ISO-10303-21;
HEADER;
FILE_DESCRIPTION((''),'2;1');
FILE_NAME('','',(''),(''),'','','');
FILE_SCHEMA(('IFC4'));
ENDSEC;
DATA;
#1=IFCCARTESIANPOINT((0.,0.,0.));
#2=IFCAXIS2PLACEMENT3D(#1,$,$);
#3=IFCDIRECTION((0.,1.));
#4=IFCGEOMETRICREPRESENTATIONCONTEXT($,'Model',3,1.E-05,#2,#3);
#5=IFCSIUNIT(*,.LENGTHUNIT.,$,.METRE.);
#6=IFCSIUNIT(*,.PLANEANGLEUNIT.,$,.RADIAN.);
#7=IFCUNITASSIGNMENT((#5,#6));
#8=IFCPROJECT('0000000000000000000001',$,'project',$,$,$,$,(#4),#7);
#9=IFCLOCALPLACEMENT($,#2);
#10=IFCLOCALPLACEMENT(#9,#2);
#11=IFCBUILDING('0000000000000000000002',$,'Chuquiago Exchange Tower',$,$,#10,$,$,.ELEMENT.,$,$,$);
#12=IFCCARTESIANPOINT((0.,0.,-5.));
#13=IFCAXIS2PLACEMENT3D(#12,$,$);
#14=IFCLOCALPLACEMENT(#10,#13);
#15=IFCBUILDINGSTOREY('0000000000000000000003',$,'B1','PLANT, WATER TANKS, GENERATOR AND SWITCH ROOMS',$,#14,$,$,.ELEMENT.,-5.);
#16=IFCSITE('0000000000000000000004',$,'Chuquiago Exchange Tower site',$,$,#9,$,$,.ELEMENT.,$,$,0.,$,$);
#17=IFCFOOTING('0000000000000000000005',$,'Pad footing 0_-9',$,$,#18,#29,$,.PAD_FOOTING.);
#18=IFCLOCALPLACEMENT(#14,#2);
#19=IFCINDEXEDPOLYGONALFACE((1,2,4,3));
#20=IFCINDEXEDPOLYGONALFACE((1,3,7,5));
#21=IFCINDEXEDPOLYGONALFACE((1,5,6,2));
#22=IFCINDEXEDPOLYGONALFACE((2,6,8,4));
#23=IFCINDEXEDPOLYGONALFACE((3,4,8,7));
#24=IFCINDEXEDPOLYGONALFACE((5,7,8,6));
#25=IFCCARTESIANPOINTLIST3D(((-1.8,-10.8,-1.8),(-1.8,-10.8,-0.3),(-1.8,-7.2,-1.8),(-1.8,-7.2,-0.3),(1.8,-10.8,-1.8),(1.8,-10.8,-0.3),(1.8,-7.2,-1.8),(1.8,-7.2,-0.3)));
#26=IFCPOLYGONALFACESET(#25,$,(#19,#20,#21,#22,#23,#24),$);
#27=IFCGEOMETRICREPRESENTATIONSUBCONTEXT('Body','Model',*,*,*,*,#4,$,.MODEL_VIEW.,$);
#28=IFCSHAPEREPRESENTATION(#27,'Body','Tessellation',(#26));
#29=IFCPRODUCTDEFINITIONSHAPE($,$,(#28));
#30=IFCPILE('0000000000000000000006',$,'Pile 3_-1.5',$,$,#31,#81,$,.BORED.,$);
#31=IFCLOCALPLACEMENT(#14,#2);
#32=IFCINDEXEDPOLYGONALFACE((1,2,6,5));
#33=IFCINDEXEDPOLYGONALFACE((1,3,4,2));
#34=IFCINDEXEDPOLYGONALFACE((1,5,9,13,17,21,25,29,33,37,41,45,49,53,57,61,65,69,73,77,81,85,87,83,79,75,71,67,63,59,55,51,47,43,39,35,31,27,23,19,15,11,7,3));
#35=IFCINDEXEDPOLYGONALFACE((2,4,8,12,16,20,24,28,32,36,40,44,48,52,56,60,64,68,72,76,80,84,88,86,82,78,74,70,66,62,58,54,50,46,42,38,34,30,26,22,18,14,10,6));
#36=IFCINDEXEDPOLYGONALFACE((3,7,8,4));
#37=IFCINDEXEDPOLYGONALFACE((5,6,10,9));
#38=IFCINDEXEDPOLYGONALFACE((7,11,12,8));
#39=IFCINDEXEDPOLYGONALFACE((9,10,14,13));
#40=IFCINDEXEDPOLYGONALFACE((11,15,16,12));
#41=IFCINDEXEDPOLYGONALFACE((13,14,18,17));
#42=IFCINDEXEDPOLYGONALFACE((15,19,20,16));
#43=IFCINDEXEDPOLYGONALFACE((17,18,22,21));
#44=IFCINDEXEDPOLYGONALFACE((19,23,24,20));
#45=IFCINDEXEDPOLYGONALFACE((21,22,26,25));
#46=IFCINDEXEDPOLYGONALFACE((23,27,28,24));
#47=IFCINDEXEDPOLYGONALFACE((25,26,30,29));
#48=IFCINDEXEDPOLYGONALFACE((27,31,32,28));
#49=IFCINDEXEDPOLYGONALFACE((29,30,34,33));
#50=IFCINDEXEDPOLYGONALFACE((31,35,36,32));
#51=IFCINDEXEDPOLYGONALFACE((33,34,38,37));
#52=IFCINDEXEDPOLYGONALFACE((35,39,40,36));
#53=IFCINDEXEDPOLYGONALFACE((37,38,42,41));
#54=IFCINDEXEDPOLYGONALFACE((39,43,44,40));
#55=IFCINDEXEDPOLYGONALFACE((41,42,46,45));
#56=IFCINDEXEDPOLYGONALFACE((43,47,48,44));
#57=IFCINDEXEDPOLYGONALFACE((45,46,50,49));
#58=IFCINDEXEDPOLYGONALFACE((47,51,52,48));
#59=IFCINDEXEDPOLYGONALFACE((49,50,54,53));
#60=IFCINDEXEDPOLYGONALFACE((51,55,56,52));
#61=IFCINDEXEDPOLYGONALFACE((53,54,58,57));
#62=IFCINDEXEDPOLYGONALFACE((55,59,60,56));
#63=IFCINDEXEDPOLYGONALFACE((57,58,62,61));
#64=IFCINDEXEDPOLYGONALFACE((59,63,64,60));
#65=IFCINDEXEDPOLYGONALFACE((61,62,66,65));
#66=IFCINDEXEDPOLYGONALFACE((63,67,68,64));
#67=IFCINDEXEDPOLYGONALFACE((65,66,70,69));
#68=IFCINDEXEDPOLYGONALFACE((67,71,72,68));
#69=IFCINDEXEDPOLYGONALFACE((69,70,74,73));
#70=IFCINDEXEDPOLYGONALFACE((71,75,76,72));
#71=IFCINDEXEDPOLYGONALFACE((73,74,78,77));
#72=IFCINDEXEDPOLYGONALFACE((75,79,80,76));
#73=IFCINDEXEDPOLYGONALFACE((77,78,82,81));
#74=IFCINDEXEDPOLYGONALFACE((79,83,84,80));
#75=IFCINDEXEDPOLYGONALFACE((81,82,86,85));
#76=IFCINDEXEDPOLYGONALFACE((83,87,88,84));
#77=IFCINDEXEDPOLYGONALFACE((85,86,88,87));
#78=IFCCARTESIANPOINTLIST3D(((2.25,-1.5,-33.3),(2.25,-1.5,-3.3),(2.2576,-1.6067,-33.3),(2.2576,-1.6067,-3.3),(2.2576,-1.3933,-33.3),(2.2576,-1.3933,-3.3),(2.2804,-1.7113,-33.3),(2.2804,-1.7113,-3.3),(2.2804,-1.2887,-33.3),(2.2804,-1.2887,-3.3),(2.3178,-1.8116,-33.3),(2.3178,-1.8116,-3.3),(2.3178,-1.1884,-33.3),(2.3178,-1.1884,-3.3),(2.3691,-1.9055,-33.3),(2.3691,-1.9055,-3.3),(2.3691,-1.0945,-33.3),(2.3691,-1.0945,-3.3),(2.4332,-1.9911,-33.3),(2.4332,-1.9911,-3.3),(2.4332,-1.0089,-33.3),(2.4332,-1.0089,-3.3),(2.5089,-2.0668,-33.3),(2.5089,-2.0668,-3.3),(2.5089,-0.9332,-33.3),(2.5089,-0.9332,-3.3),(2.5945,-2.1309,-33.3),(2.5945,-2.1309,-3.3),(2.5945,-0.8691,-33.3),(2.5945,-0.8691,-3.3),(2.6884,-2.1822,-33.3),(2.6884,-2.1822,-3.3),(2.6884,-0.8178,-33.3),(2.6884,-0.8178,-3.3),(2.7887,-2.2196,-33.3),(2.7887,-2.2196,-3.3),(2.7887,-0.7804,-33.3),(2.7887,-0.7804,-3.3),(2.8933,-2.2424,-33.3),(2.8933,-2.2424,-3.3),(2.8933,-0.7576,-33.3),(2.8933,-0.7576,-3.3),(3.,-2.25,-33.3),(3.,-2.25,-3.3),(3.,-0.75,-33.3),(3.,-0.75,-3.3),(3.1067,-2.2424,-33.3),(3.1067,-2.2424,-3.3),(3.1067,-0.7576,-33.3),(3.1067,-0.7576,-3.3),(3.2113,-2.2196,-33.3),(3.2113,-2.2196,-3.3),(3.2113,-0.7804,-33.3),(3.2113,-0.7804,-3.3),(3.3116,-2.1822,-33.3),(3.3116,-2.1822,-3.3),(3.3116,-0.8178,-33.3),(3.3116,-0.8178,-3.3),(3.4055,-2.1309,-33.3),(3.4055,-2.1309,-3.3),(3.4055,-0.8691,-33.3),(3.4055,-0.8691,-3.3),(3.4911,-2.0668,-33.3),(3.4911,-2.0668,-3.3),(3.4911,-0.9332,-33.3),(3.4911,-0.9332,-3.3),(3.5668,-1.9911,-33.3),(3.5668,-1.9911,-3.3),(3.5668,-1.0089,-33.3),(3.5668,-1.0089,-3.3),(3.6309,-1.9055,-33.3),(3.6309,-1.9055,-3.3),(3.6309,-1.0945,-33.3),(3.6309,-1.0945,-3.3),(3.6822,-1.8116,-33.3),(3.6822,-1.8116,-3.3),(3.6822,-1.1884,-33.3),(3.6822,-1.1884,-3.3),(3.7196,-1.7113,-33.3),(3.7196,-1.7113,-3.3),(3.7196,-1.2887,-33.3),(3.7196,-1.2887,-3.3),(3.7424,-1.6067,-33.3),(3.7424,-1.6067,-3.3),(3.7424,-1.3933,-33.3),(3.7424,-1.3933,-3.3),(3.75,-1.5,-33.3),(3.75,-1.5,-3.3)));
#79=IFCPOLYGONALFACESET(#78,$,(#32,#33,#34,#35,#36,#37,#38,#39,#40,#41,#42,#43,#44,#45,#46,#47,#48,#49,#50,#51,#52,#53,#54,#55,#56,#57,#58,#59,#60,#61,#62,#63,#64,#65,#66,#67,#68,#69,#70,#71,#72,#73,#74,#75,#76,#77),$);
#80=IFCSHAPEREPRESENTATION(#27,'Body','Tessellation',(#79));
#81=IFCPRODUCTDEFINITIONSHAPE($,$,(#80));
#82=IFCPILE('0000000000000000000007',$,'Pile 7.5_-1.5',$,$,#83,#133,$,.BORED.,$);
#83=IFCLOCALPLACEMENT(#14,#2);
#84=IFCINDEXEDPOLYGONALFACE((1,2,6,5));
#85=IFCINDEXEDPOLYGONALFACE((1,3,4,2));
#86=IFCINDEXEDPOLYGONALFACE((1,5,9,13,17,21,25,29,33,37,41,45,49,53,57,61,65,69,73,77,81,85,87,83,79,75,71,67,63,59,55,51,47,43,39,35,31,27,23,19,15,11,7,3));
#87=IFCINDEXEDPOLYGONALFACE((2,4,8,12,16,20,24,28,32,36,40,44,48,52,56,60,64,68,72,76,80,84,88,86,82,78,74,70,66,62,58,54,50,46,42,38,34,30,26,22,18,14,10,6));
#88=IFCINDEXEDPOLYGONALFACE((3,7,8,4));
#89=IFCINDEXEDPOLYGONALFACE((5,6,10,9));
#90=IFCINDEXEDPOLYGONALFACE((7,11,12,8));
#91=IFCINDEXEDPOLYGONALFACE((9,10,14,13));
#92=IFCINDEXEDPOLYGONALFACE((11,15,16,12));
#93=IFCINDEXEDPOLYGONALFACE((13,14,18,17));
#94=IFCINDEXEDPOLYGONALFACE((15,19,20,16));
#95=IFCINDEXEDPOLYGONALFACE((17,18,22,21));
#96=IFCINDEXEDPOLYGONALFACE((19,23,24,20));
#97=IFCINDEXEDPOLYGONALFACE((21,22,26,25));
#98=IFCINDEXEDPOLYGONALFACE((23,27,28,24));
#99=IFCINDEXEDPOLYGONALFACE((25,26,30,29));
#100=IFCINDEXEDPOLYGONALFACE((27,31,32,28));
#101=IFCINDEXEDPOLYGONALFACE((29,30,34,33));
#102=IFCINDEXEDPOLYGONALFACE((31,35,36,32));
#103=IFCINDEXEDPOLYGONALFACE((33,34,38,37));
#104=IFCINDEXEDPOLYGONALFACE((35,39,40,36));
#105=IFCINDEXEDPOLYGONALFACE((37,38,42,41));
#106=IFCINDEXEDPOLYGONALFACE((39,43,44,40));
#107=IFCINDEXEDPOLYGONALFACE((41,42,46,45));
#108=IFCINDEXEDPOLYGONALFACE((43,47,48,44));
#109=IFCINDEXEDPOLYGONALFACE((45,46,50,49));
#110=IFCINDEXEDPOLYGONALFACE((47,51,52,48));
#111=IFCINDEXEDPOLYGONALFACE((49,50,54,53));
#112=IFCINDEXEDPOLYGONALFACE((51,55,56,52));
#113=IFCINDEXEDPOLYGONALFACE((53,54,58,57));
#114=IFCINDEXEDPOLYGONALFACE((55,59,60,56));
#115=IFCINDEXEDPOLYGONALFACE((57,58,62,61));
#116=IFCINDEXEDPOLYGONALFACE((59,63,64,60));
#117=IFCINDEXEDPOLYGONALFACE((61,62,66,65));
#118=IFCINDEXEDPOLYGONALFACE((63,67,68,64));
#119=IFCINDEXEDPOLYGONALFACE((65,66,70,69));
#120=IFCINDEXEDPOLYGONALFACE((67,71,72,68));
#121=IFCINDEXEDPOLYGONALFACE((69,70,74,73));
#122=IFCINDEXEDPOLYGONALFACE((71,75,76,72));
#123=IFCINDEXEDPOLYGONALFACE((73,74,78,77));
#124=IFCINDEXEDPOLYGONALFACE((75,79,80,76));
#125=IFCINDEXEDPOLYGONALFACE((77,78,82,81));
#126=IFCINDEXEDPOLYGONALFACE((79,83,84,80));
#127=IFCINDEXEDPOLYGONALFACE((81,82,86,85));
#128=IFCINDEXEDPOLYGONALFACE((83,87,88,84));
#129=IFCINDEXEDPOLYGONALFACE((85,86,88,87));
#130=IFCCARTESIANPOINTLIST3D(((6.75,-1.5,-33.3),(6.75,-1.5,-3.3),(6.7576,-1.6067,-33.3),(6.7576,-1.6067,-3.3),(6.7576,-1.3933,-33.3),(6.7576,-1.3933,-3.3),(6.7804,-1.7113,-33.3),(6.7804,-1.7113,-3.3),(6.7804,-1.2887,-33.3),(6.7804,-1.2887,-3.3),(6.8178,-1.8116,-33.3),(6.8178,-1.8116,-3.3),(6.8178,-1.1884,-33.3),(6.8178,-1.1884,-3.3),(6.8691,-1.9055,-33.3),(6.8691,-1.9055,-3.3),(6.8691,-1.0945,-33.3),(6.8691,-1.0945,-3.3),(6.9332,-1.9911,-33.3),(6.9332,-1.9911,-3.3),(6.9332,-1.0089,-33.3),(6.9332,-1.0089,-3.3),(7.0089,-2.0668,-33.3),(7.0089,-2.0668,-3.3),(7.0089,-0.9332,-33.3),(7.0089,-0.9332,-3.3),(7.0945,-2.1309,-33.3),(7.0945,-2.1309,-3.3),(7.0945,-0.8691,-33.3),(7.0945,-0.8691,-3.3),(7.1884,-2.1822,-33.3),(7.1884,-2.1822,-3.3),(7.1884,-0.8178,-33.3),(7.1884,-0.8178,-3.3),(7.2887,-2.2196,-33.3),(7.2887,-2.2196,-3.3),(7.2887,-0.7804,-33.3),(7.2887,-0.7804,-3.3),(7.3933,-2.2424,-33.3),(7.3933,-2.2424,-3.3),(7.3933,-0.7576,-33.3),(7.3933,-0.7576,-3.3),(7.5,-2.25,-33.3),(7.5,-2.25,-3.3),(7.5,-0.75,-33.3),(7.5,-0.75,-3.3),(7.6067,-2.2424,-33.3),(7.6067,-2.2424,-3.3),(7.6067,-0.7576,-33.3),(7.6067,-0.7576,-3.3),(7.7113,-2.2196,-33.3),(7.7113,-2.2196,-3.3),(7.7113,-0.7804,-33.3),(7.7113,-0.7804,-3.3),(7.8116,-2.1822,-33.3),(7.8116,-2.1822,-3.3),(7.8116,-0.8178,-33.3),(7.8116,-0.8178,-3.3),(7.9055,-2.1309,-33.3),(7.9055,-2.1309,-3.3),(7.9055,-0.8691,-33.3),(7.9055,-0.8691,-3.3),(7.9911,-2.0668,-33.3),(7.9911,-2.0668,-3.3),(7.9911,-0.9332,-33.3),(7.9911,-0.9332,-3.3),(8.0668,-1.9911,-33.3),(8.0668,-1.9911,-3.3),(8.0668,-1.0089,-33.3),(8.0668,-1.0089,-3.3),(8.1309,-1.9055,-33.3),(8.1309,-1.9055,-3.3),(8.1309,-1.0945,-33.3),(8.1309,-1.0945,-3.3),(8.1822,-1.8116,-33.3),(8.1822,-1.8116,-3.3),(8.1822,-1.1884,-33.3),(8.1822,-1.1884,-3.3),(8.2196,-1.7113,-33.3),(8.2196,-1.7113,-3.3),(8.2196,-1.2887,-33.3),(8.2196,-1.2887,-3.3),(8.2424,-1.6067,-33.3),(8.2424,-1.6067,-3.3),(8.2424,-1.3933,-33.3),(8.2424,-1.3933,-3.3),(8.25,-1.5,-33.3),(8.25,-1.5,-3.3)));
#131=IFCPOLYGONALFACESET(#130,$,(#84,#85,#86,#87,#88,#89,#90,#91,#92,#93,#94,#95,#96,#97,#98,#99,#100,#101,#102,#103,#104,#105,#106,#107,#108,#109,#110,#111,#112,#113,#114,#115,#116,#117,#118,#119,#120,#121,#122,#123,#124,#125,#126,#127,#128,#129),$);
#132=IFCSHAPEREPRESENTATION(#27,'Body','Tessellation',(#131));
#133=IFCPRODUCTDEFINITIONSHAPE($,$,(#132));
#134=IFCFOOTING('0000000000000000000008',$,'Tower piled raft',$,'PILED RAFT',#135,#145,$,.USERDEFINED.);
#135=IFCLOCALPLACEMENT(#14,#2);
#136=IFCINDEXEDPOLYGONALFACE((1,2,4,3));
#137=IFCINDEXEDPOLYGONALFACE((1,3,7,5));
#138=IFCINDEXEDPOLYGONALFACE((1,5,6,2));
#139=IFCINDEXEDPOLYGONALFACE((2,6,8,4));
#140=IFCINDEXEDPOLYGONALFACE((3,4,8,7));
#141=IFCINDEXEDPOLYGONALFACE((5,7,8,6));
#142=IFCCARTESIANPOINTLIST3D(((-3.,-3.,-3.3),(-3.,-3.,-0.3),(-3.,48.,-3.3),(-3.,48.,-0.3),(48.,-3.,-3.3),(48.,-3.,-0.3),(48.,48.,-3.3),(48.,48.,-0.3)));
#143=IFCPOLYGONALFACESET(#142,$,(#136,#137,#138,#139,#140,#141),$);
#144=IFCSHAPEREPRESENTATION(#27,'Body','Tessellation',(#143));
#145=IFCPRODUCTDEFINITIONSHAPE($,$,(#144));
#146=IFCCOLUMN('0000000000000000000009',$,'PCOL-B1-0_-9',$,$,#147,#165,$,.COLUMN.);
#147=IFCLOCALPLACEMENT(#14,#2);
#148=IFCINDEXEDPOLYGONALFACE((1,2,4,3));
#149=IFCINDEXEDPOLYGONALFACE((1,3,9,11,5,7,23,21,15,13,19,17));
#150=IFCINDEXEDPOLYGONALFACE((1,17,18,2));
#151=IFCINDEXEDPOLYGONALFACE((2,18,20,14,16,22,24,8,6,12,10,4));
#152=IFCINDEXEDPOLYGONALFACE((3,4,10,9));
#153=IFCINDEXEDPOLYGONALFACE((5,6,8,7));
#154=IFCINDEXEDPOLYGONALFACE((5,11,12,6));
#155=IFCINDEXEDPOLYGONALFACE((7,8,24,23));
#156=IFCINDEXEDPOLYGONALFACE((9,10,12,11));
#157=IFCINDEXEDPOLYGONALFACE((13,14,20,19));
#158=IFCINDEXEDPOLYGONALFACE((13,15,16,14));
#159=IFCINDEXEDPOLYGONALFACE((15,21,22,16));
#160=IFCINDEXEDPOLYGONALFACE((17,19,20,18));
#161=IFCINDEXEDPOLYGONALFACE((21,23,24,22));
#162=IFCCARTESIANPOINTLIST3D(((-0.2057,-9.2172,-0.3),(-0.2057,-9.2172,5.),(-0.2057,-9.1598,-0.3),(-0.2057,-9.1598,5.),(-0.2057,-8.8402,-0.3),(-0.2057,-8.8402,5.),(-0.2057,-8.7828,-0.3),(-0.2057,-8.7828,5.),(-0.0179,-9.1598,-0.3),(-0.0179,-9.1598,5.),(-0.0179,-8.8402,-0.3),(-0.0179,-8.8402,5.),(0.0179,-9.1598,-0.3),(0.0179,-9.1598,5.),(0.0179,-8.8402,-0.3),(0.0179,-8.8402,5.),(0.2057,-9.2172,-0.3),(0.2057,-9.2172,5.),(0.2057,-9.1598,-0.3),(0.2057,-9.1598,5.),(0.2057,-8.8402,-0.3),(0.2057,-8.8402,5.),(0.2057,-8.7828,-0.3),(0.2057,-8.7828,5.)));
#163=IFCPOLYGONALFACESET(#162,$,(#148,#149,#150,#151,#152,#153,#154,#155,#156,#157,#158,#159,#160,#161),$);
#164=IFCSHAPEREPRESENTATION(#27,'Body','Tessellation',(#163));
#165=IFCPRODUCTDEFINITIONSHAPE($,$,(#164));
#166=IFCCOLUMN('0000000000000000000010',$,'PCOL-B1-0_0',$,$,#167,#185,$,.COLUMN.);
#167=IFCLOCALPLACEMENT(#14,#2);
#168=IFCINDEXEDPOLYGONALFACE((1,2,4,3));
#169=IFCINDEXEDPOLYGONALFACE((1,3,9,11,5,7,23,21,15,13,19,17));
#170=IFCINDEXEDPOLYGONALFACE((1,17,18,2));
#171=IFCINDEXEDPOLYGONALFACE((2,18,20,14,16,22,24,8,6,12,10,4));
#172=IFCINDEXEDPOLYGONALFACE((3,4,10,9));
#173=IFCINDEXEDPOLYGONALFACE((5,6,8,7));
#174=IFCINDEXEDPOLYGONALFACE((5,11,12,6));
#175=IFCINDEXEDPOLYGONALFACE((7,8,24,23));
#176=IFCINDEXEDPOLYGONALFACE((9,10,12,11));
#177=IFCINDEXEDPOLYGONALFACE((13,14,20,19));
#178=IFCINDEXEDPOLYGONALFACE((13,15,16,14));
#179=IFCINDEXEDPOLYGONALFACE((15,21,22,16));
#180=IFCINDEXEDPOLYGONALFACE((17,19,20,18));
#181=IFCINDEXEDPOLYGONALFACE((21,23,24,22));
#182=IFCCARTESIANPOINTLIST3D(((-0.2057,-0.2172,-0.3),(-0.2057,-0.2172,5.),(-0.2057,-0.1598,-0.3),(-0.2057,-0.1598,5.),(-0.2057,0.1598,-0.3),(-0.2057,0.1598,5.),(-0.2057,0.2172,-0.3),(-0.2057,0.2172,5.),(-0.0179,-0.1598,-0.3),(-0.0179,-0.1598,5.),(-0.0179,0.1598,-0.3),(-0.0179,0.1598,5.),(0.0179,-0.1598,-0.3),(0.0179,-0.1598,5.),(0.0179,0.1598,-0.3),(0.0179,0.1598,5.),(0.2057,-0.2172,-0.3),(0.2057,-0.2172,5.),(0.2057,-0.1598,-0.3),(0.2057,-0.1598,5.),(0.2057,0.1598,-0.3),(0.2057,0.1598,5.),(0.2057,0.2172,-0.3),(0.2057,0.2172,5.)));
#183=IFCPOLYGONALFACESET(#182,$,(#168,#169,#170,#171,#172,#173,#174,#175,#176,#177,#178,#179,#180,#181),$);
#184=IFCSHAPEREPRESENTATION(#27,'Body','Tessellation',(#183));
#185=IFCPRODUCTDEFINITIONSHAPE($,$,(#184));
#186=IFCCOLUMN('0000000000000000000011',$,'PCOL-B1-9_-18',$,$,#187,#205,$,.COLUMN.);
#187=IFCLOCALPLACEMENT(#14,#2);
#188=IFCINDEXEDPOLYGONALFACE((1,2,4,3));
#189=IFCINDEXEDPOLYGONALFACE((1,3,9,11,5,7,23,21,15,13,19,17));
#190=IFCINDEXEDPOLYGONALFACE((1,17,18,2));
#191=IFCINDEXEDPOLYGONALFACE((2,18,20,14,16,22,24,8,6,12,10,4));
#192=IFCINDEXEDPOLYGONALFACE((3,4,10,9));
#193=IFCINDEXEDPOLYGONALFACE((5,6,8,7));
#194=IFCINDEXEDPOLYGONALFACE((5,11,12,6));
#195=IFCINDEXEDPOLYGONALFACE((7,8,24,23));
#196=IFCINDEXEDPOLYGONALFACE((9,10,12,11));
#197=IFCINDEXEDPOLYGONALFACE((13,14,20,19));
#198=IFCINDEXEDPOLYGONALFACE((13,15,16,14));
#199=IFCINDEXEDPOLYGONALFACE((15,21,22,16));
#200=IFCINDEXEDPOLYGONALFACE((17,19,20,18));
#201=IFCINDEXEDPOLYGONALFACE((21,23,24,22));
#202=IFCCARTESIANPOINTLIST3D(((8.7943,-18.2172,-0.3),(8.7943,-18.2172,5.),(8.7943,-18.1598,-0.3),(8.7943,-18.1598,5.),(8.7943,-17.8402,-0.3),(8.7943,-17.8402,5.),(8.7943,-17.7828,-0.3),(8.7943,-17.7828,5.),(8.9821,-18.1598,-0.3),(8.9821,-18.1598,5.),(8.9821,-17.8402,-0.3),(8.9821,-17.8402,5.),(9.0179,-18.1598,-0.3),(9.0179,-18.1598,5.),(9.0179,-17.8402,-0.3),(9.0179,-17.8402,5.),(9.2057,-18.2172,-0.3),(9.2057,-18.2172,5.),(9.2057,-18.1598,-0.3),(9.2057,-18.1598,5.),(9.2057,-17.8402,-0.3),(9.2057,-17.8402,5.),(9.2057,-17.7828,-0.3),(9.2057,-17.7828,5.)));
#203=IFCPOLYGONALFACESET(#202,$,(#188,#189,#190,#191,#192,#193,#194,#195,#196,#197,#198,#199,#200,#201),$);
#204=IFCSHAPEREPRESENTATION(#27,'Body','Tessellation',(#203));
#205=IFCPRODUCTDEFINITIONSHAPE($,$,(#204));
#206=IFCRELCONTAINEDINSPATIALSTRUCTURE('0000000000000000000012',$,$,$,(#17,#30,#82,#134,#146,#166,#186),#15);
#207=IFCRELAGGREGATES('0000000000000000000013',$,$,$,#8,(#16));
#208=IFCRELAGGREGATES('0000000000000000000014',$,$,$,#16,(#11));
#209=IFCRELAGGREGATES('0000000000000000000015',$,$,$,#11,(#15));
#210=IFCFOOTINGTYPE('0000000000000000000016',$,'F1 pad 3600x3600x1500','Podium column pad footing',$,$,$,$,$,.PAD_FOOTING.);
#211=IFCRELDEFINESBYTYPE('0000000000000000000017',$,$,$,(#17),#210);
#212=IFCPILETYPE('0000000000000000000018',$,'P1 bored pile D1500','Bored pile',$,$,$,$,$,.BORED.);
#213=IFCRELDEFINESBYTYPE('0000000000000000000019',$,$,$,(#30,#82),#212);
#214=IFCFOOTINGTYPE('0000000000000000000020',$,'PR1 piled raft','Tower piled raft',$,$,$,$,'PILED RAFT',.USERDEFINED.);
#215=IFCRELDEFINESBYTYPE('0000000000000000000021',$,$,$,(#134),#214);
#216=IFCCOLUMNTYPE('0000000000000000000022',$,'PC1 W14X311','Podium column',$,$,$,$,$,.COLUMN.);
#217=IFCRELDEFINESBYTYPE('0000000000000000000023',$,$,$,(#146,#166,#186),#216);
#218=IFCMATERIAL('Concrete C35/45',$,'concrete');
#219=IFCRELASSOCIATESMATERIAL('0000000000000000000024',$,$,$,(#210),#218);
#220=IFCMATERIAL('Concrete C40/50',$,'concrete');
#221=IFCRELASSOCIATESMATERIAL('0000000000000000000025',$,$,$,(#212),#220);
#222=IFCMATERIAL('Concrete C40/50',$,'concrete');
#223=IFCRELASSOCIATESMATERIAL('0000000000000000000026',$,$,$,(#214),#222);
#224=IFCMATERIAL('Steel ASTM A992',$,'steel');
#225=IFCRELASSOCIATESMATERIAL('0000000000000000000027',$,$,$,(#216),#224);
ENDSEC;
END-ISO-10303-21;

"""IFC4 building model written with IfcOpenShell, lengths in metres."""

from ifc_helpers import new_model, si_unit, direction, frame, origin, origin_2d, place, context, subcontext, project, spatial, polyline, rectangle, circle, i_section, outline, extrude, material, material_profile, profile_set, type_object, element, save


model = new_model("IFC4")

# Units and contexts
model_context = context("Model", 3, precision=1e-05, world=origin(), true_north=direction((0.0, 1.0)))
body_context = subcontext(model_context, "Body", "Model", "MODEL_VIEW")
ifc_project = project(units=[si_unit("LENGTHUNIT", "METRE"), si_unit("PLANEANGLEUNIT", "RADIAN")], contexts=[model_context])

# Site, building, storey
site_placement = place(None, origin())
site = spatial("IfcSite", under=ifc_project, at=site_placement, Name="Chuquiago Exchange Tower site", CompositionType="ELEMENT", RefElevation=0.0)
building_placement = place(site_placement, origin())
building = spatial("IfcBuilding", under=site, at=building_placement, Name="Chuquiago Exchange Tower", CompositionType="ELEMENT")
storey_placement = place(building_placement, frame((0.0, 0.0, -5.0)))
storey = spatial("IfcBuildingStorey", under=building, at=storey_placement, Name="B1", Description="PLANT, WATER TANKS, GENERATOR AND SWITCH ROOMS", CompositionType="ELEMENT", Elevation=-5.0)

# Footing
ifc_material_1 = material(Name="Concrete C35/45", Category="concrete")
footing_type_1 = type_object("IfcFootingType", Name="F1 pad 3600x3600x1500", Description="Podium column pad footing", PredefinedType="PAD_FOOTING", material=ifc_material_1)
footing_1_placement = place(storey_placement, frame((0.0, -9.0, -1.8), z_axis=(0.0, 0.0, 1.0), x_axis=(1.0, 0.0, 0.0)))
element("IfcFooting", 1, at=footing_1_placement, inside=storey, type_object=footing_type_1, Name="Pad footing 0_-9", PredefinedType="PAD_FOOTING", context=body_context, shape_type="SweptSolid", body=[
    extrude(rectangle(XDim=3.6001, YDim=3.6001, at=origin_2d()), origin(), (0.0, 0.0, 1.0), 1.5),
])

# Piles
ifc_material_2 = material(Name="Concrete C40/50", Category="concrete")
ifc_material_profile_1 = material_profile(ifc_material_2, circle(Radius=0.75, at=origin_2d()), Name="D1500")
ifc_profile_set_1 = profile_set([ifc_material_profile_1], Name="Concrete C40/50")
pile_type = type_object("IfcPileType", Name="P1 bored pile D1500", Description="Bored pile", PredefinedType="BORED", material=ifc_profile_set_1)
for number, where, z_axis, x_axis, name in (
    (2, (3.0, -1.5, -3.3), (0.0, 0.0, -1.0), (1.0, 0.0, 0.0), "Pile 3_-1.5"),
    (3, (7.5, -1.5, -3.3), (0.0, 0.0, -1.0), (1.0, 0.0, 0.0), "Pile 7.5_-1.5"),
):
    element("IfcPile", number, at=place(storey_placement, frame(where, z_axis=z_axis, x_axis=x_axis)), inside=storey, type_object=pile_type, Name=name, PredefinedType="BORED", context=body_context, shape_type="SweptSolid", body=[
        extrude(circle(Radius=0.75, at=origin_2d()), origin(), (0.0, 0.0, 1.0), 30.0),
    ])

# Footing
ifc_material_3 = material(Name="Concrete C40/50", Category="concrete")
footing_type_2 = type_object("IfcFootingType", Name="PR1 piled raft", Description="Tower piled raft", ElementType="PILED RAFT", PredefinedType="USERDEFINED", material=ifc_material_3)
footing_2_placement = place(storey_placement, frame((0.0, 0.0, -3.3)))
element("IfcFooting", 4, at=footing_2_placement, inside=storey, type_object=footing_type_2, Name="Tower piled raft", ObjectType="PILED RAFT", PredefinedType="USERDEFINED", context=body_context, shape_type="SweptSolid", body=[
    extrude(outline(polyline([(-3.0, -3.0), (48.0, -3.0), (48.0, 48.0), (-3.0, 48.0), (-3.0, -3.0)])), origin(), (0.0, 0.0, 1.0), 3.0),
])

# Columns
ifc_material_4 = material(Name="Steel ASTM A992", Category="steel")
ifc_material_profile_2 = material_profile(ifc_material_4, i_section(OverallWidth=0.4114, OverallDepth=0.4343, WebThickness=0.0359, FlangeThickness=0.0574, at=origin_2d()), Name="W14X311")
ifc_profile_set_2 = profile_set([ifc_material_profile_2], Name="Steel ASTM A992")
column_type = type_object("IfcColumnType", Name="PC1 W14X311", Description="Podium column", PredefinedType="COLUMN", material=ifc_profile_set_2)
for number, where, z_axis, x_axis, name in (
    (5, (0.0, -9.0, -0.3), (0.0, 0.0, 1.0), (1.0, 0.0, 0.0), "PCOL-B1-0_-9"),
    (6, (0.0, 0.0, -0.3), (0.0, 0.0, 1.0), (1.0, 0.0, 0.0), "PCOL-B1-0_0"),
    (7, (9.0, -18.0, -0.3), (0.0, 0.0, 1.0), (1.0, 0.0, 0.0), "PCOL-B1-9_-18"),
):
    element("IfcColumn", number, at=place(storey_placement, frame(where, z_axis=z_axis, x_axis=x_axis)), inside=storey, type_object=column_type, Name=name, PredefinedType="COLUMN", context=body_context, shape_type="SweptSolid", body=[
        extrude(i_section(OverallWidth=0.4114, OverallDepth=0.4343, WebThickness=0.0359, FlangeThickness=0.0574, at=origin_2d()), origin(), (0.0, 0.0, 1.0), 5.3),
    ])

save(model, "model.ifc")
